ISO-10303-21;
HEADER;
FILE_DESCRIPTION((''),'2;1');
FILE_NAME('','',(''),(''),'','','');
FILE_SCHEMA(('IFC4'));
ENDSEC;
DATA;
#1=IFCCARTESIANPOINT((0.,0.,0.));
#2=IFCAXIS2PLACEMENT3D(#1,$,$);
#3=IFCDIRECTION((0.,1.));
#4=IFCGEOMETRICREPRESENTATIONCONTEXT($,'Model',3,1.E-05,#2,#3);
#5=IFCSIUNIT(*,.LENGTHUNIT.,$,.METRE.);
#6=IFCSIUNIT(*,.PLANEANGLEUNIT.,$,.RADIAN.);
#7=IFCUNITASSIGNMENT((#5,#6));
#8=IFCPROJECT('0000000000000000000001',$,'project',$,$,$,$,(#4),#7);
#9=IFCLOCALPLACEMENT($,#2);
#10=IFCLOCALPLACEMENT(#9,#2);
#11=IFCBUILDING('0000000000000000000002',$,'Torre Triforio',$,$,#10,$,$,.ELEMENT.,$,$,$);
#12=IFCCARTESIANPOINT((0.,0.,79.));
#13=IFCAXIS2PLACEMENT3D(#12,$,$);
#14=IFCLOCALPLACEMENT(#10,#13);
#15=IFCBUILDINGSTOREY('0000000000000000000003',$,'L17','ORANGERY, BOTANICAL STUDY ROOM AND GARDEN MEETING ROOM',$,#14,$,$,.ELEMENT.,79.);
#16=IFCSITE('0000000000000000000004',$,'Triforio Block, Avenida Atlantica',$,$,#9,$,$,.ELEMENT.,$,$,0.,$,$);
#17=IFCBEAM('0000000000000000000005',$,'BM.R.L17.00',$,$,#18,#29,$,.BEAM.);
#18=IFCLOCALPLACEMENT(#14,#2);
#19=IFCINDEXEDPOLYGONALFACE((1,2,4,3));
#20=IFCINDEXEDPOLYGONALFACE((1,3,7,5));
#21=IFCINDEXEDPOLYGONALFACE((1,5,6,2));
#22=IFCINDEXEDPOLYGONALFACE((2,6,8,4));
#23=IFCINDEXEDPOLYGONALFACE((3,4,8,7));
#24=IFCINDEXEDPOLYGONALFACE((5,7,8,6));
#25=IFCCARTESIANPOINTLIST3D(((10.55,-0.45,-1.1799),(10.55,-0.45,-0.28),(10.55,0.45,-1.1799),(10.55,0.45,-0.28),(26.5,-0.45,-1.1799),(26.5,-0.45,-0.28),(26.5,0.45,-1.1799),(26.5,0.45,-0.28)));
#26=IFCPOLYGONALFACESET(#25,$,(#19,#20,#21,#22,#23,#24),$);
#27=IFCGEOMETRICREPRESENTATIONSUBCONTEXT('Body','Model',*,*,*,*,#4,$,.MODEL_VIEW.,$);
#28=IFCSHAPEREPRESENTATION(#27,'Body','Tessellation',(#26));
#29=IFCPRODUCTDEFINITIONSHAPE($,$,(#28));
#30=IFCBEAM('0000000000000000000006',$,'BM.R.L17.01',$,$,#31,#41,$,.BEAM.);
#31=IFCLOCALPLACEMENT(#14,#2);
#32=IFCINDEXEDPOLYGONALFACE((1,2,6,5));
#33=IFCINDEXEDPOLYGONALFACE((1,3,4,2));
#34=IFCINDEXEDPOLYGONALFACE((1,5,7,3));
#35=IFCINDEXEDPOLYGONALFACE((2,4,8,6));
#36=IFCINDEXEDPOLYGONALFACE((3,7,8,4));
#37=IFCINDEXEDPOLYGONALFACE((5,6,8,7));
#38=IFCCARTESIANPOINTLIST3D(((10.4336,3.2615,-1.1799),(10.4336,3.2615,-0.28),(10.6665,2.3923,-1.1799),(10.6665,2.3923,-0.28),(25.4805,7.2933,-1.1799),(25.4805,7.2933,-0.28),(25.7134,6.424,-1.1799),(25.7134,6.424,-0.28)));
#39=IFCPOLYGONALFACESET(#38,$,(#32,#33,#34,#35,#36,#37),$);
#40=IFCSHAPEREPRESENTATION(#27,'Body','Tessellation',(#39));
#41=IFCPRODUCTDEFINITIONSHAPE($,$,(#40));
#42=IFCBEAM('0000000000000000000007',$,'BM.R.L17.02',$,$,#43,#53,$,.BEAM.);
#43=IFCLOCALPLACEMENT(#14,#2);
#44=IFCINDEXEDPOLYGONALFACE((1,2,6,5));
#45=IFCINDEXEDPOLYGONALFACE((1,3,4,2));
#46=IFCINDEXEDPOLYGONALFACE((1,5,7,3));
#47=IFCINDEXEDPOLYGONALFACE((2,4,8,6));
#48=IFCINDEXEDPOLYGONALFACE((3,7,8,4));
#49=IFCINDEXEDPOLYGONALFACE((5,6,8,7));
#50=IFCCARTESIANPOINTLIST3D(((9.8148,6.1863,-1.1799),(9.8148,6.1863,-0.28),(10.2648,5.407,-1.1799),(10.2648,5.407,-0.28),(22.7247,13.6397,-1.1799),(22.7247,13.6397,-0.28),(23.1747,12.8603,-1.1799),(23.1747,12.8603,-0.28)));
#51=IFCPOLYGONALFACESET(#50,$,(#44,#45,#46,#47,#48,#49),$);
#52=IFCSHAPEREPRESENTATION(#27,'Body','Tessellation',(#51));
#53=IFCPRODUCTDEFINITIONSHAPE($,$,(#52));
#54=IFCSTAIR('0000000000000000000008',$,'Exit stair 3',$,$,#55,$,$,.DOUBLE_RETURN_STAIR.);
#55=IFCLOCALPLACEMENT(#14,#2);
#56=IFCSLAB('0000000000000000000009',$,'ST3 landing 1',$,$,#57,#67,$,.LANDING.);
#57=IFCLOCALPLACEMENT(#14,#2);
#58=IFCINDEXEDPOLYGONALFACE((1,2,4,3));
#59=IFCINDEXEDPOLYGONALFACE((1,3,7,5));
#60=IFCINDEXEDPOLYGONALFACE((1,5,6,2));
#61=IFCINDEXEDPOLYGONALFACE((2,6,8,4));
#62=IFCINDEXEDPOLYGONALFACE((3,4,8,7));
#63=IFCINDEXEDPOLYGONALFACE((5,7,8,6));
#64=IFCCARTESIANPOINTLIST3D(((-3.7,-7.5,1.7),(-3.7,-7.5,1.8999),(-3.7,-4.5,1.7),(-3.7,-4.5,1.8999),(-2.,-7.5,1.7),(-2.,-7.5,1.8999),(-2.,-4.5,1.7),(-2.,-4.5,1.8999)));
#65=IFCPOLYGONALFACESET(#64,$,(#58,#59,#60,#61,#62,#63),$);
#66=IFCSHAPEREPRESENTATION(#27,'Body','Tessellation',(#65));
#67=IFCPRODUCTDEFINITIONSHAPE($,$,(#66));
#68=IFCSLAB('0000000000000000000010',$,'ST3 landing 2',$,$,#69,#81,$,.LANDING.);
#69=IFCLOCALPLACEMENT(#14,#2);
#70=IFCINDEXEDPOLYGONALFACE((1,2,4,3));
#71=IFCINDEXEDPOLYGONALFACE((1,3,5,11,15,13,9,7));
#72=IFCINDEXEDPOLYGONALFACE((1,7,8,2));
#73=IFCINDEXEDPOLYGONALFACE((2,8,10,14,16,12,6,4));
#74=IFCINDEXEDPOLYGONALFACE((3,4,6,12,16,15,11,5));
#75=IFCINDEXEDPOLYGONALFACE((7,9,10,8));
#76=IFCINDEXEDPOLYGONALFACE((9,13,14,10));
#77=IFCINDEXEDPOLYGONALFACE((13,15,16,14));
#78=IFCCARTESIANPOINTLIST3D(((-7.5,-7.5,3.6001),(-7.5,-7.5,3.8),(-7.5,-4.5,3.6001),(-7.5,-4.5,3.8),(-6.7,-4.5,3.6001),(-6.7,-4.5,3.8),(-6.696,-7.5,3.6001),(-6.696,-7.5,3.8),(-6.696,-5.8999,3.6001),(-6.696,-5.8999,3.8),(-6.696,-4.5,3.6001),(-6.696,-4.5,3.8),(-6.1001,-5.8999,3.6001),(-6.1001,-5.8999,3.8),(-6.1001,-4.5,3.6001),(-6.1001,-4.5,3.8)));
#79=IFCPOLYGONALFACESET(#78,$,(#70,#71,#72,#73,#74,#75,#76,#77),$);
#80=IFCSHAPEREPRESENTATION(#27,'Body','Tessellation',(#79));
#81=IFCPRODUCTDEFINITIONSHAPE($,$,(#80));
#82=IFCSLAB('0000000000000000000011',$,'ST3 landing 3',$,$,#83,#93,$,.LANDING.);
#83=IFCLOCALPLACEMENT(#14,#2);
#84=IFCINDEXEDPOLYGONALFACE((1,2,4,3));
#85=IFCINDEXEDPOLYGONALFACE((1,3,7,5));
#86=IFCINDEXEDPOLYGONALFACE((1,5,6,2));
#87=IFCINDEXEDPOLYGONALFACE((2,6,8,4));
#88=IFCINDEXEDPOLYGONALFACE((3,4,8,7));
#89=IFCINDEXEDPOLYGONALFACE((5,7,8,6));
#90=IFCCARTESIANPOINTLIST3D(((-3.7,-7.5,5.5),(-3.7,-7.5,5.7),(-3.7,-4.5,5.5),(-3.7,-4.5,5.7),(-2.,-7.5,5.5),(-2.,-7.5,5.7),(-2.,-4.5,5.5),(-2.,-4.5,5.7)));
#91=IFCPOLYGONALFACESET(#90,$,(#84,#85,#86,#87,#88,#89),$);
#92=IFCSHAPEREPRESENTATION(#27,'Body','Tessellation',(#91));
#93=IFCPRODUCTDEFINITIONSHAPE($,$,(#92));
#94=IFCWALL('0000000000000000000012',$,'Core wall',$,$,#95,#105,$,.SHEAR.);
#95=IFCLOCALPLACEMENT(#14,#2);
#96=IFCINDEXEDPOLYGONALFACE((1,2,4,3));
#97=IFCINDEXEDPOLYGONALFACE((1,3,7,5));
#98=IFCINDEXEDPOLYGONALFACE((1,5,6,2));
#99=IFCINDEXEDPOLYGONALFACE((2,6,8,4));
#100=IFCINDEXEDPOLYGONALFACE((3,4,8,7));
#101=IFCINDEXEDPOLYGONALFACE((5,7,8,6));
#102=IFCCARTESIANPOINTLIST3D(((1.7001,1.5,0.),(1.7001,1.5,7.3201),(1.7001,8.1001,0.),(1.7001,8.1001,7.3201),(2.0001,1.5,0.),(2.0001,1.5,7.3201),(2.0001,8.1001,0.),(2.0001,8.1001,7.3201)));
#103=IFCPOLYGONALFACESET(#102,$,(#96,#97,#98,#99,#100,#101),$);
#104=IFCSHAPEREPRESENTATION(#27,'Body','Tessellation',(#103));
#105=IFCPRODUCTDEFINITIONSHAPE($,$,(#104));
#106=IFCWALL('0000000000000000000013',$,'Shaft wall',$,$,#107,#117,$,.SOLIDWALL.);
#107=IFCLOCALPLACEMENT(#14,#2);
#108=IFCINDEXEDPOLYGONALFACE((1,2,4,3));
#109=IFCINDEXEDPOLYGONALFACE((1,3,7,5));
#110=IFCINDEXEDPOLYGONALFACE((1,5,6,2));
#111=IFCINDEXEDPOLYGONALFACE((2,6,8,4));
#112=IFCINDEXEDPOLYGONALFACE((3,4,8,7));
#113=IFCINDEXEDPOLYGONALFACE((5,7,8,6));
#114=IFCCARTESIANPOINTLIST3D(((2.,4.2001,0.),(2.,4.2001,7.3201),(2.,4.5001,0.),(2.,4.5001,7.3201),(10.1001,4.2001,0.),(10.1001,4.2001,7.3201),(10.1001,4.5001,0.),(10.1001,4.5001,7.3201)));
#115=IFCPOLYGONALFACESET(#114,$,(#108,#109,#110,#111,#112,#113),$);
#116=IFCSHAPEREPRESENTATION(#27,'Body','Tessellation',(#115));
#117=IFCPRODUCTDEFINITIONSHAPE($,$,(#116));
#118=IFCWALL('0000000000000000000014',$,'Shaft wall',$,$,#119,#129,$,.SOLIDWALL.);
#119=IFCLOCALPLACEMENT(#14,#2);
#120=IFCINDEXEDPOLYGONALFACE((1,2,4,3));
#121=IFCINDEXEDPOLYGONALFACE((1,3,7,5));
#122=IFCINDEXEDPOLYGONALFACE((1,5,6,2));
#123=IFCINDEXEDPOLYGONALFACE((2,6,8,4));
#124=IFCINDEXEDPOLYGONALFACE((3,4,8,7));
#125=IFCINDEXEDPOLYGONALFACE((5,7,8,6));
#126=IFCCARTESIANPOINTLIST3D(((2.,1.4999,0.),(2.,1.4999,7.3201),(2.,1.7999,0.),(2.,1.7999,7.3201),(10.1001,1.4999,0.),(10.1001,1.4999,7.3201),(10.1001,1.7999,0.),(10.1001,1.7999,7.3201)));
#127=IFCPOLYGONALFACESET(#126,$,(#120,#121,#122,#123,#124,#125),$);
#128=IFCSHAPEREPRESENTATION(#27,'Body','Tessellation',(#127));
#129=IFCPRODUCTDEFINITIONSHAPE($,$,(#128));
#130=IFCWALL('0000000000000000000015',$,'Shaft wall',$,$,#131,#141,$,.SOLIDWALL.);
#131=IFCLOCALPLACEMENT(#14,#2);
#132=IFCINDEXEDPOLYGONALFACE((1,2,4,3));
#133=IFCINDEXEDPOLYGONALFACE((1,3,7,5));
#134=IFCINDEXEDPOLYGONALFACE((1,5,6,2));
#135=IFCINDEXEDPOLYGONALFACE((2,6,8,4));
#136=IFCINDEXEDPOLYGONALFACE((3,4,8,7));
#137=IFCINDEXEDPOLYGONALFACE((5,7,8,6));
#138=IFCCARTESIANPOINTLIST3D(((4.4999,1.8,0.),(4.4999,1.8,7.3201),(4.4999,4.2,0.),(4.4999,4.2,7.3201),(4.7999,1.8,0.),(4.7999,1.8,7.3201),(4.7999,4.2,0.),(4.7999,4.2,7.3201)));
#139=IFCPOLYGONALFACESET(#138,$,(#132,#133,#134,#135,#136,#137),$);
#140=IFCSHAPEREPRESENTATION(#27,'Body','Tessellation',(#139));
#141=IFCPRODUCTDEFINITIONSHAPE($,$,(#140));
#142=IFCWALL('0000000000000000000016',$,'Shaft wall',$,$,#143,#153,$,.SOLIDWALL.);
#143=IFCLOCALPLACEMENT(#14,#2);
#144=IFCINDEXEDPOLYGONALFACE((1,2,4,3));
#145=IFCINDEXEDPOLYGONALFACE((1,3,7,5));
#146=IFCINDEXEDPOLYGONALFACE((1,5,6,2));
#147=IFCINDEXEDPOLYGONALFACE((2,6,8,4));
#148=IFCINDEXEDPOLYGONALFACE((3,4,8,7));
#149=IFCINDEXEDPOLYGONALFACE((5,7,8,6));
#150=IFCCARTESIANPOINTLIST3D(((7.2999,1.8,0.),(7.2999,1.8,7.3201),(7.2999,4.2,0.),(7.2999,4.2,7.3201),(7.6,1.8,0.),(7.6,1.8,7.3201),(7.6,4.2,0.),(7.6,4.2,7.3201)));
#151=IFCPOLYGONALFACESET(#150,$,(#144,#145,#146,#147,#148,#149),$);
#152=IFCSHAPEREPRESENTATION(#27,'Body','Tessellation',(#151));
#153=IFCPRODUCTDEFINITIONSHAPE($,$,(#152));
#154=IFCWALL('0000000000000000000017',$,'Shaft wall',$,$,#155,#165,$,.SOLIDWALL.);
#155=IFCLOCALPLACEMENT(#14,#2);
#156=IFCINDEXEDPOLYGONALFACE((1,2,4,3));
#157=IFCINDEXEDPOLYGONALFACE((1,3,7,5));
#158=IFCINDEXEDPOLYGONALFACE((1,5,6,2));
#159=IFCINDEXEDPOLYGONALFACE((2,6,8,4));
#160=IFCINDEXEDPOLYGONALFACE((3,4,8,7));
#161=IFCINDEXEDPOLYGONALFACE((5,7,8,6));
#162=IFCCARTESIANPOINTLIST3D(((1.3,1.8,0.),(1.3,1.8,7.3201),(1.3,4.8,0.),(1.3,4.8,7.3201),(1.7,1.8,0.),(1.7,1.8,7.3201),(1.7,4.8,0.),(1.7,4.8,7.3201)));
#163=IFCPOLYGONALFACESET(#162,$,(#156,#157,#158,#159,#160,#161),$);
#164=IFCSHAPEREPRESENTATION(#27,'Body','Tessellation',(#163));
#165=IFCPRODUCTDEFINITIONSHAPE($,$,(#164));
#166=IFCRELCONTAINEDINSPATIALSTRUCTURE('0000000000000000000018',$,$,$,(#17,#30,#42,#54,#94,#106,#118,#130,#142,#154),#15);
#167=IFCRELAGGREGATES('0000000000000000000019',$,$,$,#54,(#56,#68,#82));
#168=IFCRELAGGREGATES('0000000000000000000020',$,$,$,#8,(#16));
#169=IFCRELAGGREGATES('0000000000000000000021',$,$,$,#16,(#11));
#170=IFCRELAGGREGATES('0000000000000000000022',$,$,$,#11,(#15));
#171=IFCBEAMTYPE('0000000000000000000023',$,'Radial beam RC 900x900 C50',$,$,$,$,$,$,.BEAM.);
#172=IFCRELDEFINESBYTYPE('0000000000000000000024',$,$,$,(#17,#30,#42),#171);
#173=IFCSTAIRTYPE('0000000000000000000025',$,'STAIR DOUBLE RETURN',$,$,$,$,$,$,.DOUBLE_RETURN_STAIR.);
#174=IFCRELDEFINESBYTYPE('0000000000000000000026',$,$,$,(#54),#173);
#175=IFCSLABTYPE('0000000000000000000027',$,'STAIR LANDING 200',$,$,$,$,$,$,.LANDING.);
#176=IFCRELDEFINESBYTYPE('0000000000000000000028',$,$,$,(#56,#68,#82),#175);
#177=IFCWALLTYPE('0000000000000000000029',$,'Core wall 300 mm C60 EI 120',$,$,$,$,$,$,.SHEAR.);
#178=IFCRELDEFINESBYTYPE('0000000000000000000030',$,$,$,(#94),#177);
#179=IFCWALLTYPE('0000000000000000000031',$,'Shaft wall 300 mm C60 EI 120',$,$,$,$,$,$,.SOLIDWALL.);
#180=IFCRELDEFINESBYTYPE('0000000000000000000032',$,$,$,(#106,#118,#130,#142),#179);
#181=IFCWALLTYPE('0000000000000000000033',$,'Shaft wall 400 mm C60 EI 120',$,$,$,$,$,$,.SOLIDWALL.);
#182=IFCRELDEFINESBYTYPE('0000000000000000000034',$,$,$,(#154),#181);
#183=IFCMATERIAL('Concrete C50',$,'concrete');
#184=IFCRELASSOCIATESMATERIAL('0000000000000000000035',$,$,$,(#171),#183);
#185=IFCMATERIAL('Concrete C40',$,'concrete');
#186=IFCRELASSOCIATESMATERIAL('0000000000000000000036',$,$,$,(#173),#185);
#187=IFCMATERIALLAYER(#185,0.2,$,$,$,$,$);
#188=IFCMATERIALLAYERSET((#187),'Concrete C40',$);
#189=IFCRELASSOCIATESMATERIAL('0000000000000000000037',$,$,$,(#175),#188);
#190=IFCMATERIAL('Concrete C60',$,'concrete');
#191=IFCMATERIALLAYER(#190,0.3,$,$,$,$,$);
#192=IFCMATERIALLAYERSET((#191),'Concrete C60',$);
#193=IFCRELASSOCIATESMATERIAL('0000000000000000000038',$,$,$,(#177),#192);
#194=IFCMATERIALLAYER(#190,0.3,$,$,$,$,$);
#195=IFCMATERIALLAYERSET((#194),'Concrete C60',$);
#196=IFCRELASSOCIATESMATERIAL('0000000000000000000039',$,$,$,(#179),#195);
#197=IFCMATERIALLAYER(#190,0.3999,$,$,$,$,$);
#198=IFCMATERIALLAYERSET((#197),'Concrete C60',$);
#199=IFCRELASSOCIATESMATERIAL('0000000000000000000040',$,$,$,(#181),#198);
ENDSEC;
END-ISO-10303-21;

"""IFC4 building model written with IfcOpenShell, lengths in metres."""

from ifc_helpers import new_model, si_unit, direction, frame, frame_2d, origin, origin_2d, place, context, subcontext, project, spatial, polyline, rectangle, outline, extrude, material, layer, layer_set, material_profile, profile_set, type_object, element, aggregate, save


model = new_model("IFC4")

# Units and contexts
model_context = context("Model", 3, precision=1e-05, world=origin(), true_north=direction((0.0, 1.0)))
body_context = subcontext(model_context, "Body", "Model", "MODEL_VIEW")
ifc_project = project(units=[si_unit("LENGTHUNIT", "METRE"), si_unit("PLANEANGLEUNIT", "RADIAN")], contexts=[model_context])

# Site, building, storey
site_placement = place(None, origin())
site = spatial("IfcSite", under=ifc_project, at=site_placement, Name="Triforio Block, Avenida Atlantica", CompositionType="ELEMENT", RefElevation=0.0)
building_placement = place(site_placement, origin())
building = spatial("IfcBuilding", under=site, at=building_placement, Name="Torre Triforio", CompositionType="ELEMENT")
storey_placement = place(building_placement, frame((0.0, 0.0, 79.0)))
storey = spatial("IfcBuildingStorey", under=building, at=storey_placement, Name="L17", Description="ORANGERY, BOTANICAL STUDY ROOM AND GARDEN MEETING ROOM", CompositionType="ELEMENT", Elevation=79.0)

# Beams
ifc_material_1 = material(Name="Concrete C50", Category="concrete")
ifc_material_profile = material_profile(ifc_material_1, rectangle(XDim=0.8999, YDim=0.8999, at=origin_2d()), Name="RC 900x900")
ifc_profile_set = profile_set([ifc_material_profile], Name="Concrete C50")
beam_type = type_object("IfcBeamType", Name="Radial beam RC 900x900 C50", PredefinedType="BEAM", material=ifc_profile_set)
beam_1_placement = place(storey_placement, frame((10.55, 0.0, -0.73), z_axis=(1.0, 0.0, 0.0), x_axis=(0.0, 1.0, 0.0)))
element("IfcBeam", 1, at=beam_1_placement, inside=storey, type_object=beam_type, Name="BM.R.L17.00", PredefinedType="BEAM", context=body_context, shape_type="SweptSolid", body=[
    extrude(rectangle(XDim=0.8999, YDim=0.8999, at=origin_2d()), origin(), (0.0, 0.0, 1.0), 15.95),
])
beam_2_placement = place(storey_placement, frame((10.55, 2.8269, -0.73), z_axis=(0.965927, 0.258815, 0.0), x_axis=(-0.258815, 0.965927, 0.0)))
element("IfcBeam", 2, at=beam_2_placement, inside=storey, type_object=beam_type, Name="BM.R.L17.01", PredefinedType="BEAM", context=body_context, shape_type="SweptSolid", body=[
    extrude(rectangle(XDim=0.8999, YDim=0.8999, at=origin_2d()), origin(), (0.0, 0.0, 1.0), 15.5776),
])
beam_3_placement = place(storey_placement, frame((10.0398, 5.7966, -0.73), z_axis=(0.86603, 0.499991, 0.0), x_axis=(-0.499991, 0.86603, 0.0)))
element("IfcBeam", 3, at=beam_3_placement, inside=storey, type_object=beam_type, Name="BM.R.L17.02", PredefinedType="BEAM", context=body_context, shape_type="SweptSolid", body=[
    extrude(rectangle(XDim=0.8999, YDim=0.8999, at=origin_2d()), origin(), (0.0, 0.0, 1.0), 14.907),
])

# Stair, slabs
ifc_material_2 = material(Name="Concrete C40", Category="concrete")
stair_type = type_object("IfcStairType", Name="STAIR DOUBLE RETURN", PredefinedType="DOUBLE_RETURN_STAIR", material=ifc_material_2)
stair_1_placement = place(storey_placement, origin())
stair_1 = element("IfcStair", 4, at=stair_1_placement, inside=storey, type_object=stair_type, Name="Exit stair 3", PredefinedType="DOUBLE_RETURN_STAIR")
ifc_layer_1 = layer(ifc_material_2, 0.2)
ifc_layer_set_1 = layer_set([ifc_layer_1], Name="Concrete C40")
slab_type = type_object("IfcSlabType", Name="STAIR LANDING 200", PredefinedType="LANDING", material=ifc_layer_set_1)
slab_1_placement = place(storey_placement, frame((0.0, 0.0, 1.7)))
slab_1 = element("IfcSlab", 5, at=slab_1_placement, type_object=slab_type, Name="ST3 landing 1", PredefinedType="LANDING", context=body_context, shape_type="SweptSolid", body=[
    extrude(outline(polyline([(-2.0, -7.5), (-2.0, -4.5), (-3.7, -4.5), (-3.7, -7.5), (-2.0, -7.5)])), origin(), (0.0, 0.0, 1.0), 0.2),
])
slab_2_placement = place(storey_placement, frame((0.0, 0.0, 3.6001)))
slab_2 = element("IfcSlab", 6, at=slab_2_placement, type_object=slab_type, Name="ST3 landing 2", PredefinedType="LANDING", context=body_context, shape_type="SweptSolid", body=[
    extrude(outline(polyline([(-6.696, -7.5), (-7.5, -7.5), (-7.5, -4.5), (-6.7, -4.5), (-6.696, -4.5), (-6.1001, -4.5), (-6.1001, -5.8999), (-6.696, -5.8999), (-6.696, -7.5)])), origin(), (0.0, 0.0, 1.0), 0.2),
])
slab_3_placement = place(storey_placement, frame((0.0, 0.0, 5.5)))
slab_3 = element("IfcSlab", 7, at=slab_3_placement, type_object=slab_type, Name="ST3 landing 3", PredefinedType="LANDING", context=body_context, shape_type="SweptSolid", body=[
    extrude(outline(polyline([(-2.0, -7.5), (-2.0, -4.5), (-3.7, -4.5), (-3.7, -7.5), (-2.0, -7.5)])), origin(), (0.0, 0.0, 1.0), 0.2),
])
aggregate(stair_1, [slab_1, slab_2, slab_3])

# Walls
ifc_material_3 = material(Name="Concrete C60", Category="concrete")
ifc_layer_2 = layer(ifc_material_3, 0.3)
ifc_layer_set_2 = layer_set([ifc_layer_2], Name="Concrete C60")
wall_type_1 = type_object("IfcWallType", Name="Core wall 300 mm C60 EI 120", PredefinedType="SHEAR", material=ifc_layer_set_2)
wall_1_placement = place(storey_placement, frame((1.8501, 1.5, 0.0), z_axis=(0.0, 0.0, 1.0), x_axis=(0.0, 1.0, 0.0)))
element("IfcWall", 8, at=wall_1_placement, inside=storey, type_object=wall_type_1, Name="Core wall", PredefinedType="SHEAR", context=body_context, shape_type="SweptSolid", body=[
    extrude(rectangle(XDim=6.6001, YDim=0.3, at=frame_2d((3.3, 0.0))), origin(), (0.0, 0.0, 1.0), 7.3201),
])
ifc_layer_3 = layer(ifc_material_3, 0.3)
ifc_layer_set_3 = layer_set([ifc_layer_3], Name="Concrete C60")
wall_type_2 = type_object("IfcWallType", Name="Shaft wall 300 mm C60 EI 120", PredefinedType="SOLIDWALL", material=ifc_layer_set_3)
for number, where, z_axis, x_axis, name in (
    (9, (2.0, 4.3501, 0.0), (0.0, 0.0, 1.0), (1.0, 0.0, 0.0), "Shaft wall"),
    (10, (2.0, 1.6499, 0.0), (0.0, 0.0, 1.0), (1.0, 0.0, 0.0), "Shaft wall"),
):
    element("IfcWall", number, at=place(storey_placement, frame(where, z_axis=z_axis, x_axis=x_axis)), inside=storey, type_object=wall_type_2, Name=name, PredefinedType="SOLIDWALL", context=body_context, shape_type="SweptSolid", body=[
        extrude(rectangle(XDim=8.1001, YDim=0.3, at=frame_2d((4.05, 0.0))), origin(), (0.0, 0.0, 1.0), 7.3201),
    ])
for number, where, z_axis, x_axis, name in (
    (11, (4.6499, 1.8, 0.0), (0.0, 0.0, 1.0), (0.0, 1.0, 0.0), "Shaft wall"),
    (12, (7.45, 1.8, 0.0), (0.0, 0.0, 1.0), (0.0, 1.0, 0.0), "Shaft wall"),
):
    element("IfcWall", number, at=place(storey_placement, frame(where, z_axis=z_axis, x_axis=x_axis)), inside=storey, type_object=wall_type_2, Name=name, PredefinedType="SOLIDWALL", context=body_context, shape_type="SweptSolid", body=[
        extrude(rectangle(XDim=2.3999, YDim=0.3, at=frame_2d((1.2, 0.0))), origin(), (0.0, 0.0, 1.0), 7.3201),
    ])
ifc_layer_4 = layer(ifc_material_3, 0.3999)
ifc_layer_set_4 = layer_set([ifc_layer_4], Name="Concrete C60")
wall_type_3 = type_object("IfcWallType", Name="Shaft wall 400 mm C60 EI 120", PredefinedType="SOLIDWALL", material=ifc_layer_set_4)
wall_2_placement = place(storey_placement, frame((1.5, 1.8, 0.0), z_axis=(0.0, 0.0, 1.0), x_axis=(0.0, 1.0, 0.0)))
element("IfcWall", 13, at=wall_2_placement, inside=storey, type_object=wall_type_3, Name="Shaft wall", PredefinedType="SOLIDWALL", context=body_context, shape_type="SweptSolid", body=[
    extrude(rectangle(XDim=3.0, YDim=0.3999, at=frame_2d((1.5, 0.0))), origin(), (0.0, 0.0, 1.0), 7.3201),
])

save(model, "model.ifc")
